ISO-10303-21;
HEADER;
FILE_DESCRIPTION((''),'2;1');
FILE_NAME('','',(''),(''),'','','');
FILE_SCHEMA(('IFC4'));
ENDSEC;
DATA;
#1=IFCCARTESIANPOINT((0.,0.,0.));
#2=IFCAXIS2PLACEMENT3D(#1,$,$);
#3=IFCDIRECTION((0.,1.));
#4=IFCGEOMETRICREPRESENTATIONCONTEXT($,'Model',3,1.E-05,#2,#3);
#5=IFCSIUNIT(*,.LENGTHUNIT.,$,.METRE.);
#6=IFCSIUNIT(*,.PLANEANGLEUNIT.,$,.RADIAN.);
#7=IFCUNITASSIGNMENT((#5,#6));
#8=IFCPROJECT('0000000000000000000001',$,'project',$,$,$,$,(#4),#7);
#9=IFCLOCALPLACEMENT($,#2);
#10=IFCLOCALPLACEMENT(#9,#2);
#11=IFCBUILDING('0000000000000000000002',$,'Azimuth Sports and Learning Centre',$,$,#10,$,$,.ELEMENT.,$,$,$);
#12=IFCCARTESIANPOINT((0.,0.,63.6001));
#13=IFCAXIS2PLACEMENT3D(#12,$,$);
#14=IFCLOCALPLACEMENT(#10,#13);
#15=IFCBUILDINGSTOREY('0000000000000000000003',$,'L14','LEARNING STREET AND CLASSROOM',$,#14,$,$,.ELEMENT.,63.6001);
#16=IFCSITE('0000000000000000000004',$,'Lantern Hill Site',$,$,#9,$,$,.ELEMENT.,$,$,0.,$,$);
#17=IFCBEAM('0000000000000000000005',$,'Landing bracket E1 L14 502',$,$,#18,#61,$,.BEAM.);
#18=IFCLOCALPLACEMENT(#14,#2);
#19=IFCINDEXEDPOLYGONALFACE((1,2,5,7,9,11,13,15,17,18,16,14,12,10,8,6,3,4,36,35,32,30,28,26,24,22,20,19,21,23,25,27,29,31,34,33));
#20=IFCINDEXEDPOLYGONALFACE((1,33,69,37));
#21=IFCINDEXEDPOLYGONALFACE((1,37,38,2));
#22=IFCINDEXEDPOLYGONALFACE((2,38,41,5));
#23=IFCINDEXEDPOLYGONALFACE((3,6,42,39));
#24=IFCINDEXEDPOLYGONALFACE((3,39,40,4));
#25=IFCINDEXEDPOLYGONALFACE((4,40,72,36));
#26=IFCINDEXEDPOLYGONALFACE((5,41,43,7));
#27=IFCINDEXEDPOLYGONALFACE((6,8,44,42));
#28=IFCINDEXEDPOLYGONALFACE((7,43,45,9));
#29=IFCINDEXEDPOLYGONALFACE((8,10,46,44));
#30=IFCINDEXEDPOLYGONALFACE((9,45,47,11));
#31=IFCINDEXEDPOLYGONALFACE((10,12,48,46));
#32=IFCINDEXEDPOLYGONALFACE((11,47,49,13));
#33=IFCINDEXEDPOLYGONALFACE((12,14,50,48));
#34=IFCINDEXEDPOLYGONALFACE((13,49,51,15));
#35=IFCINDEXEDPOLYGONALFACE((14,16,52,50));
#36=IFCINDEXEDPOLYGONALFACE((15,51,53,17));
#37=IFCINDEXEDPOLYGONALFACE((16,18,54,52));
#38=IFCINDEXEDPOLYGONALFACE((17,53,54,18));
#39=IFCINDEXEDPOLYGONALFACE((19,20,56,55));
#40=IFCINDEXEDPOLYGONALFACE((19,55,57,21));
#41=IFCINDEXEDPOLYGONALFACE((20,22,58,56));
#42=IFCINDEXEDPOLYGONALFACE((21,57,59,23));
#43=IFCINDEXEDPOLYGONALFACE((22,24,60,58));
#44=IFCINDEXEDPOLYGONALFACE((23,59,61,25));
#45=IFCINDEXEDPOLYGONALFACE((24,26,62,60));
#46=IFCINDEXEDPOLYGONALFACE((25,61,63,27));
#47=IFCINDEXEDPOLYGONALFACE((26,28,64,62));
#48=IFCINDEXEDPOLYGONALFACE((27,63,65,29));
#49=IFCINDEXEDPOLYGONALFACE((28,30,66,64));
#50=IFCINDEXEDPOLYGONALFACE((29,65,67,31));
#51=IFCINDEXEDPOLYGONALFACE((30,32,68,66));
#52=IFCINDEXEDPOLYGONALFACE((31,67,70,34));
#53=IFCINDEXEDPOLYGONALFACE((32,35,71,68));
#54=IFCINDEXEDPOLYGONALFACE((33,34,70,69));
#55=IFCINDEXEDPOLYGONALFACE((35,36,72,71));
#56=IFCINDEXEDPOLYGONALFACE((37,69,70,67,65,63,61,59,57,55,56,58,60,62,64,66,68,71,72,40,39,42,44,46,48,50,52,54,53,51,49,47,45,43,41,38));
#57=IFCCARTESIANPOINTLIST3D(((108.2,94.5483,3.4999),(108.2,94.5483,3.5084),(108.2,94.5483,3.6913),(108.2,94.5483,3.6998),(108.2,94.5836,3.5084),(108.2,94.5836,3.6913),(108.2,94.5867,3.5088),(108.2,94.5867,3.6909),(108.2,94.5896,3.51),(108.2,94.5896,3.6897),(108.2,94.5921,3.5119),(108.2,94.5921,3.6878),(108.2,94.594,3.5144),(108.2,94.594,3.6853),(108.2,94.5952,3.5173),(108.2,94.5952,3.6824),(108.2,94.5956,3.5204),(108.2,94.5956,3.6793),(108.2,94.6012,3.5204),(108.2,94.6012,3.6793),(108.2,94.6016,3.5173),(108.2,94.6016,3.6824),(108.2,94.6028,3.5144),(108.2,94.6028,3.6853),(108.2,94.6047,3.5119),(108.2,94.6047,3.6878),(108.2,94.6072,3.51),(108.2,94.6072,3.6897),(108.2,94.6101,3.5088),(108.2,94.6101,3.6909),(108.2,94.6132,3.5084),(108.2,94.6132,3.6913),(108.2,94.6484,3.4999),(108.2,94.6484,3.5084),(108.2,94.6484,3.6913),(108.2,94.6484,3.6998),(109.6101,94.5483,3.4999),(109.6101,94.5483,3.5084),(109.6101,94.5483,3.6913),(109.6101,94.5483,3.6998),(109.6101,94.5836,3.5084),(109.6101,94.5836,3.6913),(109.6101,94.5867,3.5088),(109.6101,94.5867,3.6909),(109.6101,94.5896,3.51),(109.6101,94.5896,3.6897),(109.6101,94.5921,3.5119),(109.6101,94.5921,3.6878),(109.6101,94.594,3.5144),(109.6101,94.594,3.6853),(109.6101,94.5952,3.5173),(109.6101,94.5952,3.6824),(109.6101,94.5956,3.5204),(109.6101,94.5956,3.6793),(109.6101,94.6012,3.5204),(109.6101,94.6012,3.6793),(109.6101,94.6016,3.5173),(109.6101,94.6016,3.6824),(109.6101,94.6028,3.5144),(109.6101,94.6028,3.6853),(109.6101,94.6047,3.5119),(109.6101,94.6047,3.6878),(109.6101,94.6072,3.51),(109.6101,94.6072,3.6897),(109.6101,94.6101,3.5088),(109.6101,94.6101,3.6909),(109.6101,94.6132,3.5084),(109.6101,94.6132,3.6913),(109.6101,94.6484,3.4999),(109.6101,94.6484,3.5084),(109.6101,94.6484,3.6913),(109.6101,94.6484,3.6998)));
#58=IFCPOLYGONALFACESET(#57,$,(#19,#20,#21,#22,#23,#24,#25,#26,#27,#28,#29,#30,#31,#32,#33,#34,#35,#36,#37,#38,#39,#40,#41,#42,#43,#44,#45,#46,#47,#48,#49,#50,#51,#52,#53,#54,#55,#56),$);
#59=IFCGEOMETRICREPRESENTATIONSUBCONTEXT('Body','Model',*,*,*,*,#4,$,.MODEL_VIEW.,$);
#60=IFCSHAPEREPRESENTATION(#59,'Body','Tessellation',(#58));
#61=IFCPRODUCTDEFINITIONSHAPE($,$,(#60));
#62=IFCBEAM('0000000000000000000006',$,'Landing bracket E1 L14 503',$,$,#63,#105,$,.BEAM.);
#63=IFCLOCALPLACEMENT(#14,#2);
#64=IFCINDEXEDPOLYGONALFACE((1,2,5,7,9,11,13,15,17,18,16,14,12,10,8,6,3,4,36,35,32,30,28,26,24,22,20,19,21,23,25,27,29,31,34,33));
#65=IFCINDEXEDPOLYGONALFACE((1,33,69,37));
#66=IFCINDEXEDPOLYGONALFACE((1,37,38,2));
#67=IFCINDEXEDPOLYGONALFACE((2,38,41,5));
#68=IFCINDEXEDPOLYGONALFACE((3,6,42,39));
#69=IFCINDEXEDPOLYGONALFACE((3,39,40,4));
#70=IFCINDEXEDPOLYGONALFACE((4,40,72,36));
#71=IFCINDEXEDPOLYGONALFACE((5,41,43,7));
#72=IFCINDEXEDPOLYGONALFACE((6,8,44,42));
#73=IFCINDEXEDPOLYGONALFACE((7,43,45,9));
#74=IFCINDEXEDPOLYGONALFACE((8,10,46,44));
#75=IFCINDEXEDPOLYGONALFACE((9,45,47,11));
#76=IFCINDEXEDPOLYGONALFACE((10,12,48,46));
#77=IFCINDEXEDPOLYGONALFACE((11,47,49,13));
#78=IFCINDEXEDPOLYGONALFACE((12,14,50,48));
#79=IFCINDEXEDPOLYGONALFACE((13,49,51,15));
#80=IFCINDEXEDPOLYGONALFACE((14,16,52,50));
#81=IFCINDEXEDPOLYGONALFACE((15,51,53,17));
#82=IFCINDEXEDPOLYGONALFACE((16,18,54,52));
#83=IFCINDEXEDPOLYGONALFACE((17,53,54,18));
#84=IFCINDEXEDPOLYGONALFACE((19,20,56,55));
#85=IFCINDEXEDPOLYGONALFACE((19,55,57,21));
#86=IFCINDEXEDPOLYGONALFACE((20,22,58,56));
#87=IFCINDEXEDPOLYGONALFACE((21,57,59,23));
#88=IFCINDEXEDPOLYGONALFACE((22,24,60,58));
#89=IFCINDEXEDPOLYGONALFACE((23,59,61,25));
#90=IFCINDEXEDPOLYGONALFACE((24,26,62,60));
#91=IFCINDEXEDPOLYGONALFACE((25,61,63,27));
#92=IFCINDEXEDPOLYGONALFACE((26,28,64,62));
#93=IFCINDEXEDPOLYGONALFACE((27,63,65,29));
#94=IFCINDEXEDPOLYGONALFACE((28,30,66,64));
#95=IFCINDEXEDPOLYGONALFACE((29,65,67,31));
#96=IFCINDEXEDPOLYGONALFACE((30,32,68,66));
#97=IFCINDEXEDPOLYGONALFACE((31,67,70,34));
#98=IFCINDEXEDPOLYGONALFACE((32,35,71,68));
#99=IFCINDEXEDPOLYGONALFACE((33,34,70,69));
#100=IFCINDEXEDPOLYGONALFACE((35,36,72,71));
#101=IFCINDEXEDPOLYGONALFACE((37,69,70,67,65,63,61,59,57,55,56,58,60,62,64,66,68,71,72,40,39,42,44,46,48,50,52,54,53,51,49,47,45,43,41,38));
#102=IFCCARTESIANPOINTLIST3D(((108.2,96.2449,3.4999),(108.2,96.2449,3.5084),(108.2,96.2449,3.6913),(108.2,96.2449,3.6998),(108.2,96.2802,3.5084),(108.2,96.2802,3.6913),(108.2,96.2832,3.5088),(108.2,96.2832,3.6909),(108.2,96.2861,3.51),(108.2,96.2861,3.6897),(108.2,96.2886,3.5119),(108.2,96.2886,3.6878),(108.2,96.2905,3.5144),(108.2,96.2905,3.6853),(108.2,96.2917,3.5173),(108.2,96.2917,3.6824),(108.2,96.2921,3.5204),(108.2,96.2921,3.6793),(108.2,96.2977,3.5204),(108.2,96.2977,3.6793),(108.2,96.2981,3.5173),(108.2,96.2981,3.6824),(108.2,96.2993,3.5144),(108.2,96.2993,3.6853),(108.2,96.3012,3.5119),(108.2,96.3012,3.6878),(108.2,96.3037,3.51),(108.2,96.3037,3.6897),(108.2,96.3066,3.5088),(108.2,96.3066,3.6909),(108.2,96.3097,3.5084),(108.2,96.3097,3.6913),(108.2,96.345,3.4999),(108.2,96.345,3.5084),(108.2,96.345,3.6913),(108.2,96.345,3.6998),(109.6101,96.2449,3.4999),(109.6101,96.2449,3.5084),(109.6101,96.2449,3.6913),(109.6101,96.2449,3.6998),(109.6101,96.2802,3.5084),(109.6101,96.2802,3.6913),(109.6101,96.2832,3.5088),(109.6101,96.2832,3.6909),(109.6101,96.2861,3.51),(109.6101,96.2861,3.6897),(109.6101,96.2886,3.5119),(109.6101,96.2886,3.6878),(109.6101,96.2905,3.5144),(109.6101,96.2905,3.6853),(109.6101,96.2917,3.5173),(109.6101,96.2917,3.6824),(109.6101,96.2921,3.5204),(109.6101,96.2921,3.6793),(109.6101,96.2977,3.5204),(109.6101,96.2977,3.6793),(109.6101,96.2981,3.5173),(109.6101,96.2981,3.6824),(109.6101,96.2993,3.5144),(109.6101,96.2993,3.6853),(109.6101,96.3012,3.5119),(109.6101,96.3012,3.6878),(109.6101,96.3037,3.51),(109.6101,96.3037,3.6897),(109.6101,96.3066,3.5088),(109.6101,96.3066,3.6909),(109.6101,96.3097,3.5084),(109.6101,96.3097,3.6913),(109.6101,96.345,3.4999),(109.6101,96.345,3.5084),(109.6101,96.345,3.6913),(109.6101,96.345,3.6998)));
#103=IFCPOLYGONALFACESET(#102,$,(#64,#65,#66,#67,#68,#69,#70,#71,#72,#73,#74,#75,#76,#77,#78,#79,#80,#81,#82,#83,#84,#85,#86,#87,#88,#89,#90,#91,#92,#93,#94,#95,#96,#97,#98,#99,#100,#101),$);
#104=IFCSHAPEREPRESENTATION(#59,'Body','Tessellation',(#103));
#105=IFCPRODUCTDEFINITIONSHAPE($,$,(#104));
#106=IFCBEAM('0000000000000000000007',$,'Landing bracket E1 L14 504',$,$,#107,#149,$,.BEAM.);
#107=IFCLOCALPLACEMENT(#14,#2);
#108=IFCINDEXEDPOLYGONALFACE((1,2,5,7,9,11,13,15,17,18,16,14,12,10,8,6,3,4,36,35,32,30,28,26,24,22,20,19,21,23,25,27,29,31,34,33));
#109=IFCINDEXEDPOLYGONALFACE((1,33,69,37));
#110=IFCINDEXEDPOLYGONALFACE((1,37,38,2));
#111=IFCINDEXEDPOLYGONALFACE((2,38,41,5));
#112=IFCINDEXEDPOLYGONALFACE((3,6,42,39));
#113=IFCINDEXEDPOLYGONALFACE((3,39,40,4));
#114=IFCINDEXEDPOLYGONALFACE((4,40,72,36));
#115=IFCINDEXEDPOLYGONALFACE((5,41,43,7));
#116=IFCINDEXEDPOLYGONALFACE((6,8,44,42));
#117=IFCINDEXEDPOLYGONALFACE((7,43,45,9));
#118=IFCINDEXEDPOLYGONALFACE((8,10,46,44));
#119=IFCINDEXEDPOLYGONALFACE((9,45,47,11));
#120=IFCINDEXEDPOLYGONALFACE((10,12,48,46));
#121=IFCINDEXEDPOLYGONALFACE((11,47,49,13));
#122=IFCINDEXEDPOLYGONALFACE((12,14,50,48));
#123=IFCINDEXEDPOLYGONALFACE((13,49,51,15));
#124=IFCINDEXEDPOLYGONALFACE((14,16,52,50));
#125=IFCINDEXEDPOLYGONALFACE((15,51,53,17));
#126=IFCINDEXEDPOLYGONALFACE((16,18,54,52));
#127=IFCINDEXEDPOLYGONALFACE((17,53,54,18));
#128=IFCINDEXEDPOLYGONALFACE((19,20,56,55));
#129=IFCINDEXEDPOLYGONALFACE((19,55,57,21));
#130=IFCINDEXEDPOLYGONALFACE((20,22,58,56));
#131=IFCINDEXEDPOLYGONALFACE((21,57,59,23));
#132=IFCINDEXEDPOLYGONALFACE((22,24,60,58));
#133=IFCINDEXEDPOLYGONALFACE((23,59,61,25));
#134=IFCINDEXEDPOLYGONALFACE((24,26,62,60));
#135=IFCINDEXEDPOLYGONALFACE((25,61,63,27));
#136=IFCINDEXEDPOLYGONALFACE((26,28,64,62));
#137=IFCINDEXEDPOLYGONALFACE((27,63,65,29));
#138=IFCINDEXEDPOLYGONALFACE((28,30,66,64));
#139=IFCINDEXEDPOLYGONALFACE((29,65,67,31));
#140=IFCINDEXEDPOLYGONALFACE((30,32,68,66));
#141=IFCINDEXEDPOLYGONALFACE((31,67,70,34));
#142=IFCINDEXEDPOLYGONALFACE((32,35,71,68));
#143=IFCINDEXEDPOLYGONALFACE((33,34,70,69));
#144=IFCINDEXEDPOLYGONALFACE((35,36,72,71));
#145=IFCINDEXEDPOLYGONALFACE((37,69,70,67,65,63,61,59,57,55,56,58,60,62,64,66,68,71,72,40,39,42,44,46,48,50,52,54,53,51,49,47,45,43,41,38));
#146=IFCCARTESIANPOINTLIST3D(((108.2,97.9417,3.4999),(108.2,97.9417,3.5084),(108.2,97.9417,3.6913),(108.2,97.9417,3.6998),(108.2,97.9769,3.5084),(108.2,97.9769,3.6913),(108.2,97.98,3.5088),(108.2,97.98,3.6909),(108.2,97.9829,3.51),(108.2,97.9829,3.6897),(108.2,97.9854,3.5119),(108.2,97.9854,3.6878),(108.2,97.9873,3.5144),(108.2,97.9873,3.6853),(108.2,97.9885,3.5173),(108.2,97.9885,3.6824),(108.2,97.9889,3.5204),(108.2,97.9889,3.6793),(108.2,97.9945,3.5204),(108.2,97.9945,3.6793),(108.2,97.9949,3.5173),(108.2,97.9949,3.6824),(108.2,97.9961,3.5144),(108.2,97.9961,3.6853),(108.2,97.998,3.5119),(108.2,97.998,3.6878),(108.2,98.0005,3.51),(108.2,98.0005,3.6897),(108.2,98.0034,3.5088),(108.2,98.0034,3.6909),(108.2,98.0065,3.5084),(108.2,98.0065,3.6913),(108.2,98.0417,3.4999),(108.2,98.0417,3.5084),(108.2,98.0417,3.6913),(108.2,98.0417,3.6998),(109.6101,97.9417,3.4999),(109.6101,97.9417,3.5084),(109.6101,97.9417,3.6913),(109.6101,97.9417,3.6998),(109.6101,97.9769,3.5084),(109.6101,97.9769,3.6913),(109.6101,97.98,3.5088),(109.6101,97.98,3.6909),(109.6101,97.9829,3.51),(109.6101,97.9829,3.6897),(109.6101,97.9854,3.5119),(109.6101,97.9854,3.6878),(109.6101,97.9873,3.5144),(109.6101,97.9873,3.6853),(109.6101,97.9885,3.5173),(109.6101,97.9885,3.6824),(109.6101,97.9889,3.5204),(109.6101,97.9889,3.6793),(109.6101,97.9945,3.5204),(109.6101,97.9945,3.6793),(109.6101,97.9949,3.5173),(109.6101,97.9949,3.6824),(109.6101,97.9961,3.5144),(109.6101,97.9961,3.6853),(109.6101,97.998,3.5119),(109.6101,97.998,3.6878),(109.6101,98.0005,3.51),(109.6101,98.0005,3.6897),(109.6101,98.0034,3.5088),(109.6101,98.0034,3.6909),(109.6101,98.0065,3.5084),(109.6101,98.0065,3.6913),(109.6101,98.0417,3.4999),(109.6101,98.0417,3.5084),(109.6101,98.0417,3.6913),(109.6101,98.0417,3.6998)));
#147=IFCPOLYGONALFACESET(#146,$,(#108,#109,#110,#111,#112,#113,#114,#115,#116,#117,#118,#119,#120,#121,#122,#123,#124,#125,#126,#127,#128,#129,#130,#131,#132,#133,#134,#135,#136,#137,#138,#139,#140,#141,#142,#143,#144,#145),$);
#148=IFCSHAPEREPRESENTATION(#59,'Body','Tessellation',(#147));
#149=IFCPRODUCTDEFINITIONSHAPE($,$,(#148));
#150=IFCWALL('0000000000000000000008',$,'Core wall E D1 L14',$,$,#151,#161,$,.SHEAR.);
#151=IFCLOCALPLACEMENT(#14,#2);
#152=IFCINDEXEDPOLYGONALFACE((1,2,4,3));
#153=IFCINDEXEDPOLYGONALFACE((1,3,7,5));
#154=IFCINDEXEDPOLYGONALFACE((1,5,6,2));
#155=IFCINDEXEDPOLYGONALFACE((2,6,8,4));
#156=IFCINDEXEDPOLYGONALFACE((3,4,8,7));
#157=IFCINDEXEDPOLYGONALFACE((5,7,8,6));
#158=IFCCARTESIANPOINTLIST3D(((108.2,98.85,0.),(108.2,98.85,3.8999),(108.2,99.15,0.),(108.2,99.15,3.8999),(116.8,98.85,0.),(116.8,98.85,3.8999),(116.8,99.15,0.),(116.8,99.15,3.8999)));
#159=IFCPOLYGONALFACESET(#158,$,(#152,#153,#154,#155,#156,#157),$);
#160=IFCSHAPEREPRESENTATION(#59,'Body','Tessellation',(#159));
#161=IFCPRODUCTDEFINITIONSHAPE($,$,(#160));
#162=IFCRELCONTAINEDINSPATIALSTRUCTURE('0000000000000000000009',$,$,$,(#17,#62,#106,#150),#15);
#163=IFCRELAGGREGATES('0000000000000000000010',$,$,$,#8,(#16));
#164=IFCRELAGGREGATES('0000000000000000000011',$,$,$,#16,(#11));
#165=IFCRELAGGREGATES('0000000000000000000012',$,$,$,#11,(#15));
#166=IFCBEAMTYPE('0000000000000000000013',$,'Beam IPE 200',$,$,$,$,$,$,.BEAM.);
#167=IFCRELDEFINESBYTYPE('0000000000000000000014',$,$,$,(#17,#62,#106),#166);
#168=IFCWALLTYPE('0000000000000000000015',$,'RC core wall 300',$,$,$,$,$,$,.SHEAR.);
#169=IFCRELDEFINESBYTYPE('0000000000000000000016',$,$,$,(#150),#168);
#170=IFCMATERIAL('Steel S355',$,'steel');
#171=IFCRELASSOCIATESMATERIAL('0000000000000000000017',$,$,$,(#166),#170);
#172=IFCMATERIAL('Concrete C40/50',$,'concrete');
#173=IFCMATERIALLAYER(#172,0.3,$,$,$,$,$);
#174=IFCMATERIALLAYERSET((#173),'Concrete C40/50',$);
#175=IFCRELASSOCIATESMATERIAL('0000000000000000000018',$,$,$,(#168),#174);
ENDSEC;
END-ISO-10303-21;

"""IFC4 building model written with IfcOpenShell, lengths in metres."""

from ifc_helpers import new_model, si_unit, direction, frame, frame_2d, origin, origin_2d, place, context, subcontext, project, spatial, rectangle, i_section, extrude, material, layer, layer_set, material_profile, profile_set, type_object, element, save


model = new_model("IFC4")

# Units and contexts
model_context = context("Model", 3, precision=1e-05, world=origin(), true_north=direction((0.0, 1.0)))
body_context = subcontext(model_context, "Body", "Model", "MODEL_VIEW")
ifc_project = project(units=[si_unit("LENGTHUNIT", "METRE"), si_unit("PLANEANGLEUNIT", "RADIAN")], contexts=[model_context])

# Site, building, storey
site_placement = place(None, origin())
site = spatial("IfcSite", under=ifc_project, at=site_placement, Name="Lantern Hill Site", CompositionType="ELEMENT", RefElevation=0.0)
building_placement = place(site_placement, origin())
building = spatial("IfcBuilding", under=site, at=building_placement, Name="Azimuth Sports and Learning Centre", CompositionType="ELEMENT")
storey_placement = place(building_placement, frame((0.0, 0.0, 63.6001)))
storey = spatial("IfcBuildingStorey", under=building, at=storey_placement, Name="L14", Description="LEARNING STREET AND CLASSROOM", CompositionType="ELEMENT", Elevation=63.6001)

# Beams
ifc_material_1 = material(Name="Steel S355", Category="steel")
ifc_material_profile = material_profile(ifc_material_1, i_section(OverallWidth=0.1001, OverallDepth=0.2, WebThickness=0.0056, FlangeThickness=0.0085, FilletRadius=0.012, at=origin_2d()), Name="IPE 200")
ifc_profile_set = profile_set([ifc_material_profile], Name="Steel S355")
beam_type = type_object("IfcBeamType", Name="Beam IPE 200", PredefinedType="BEAM", material=ifc_profile_set)
for number, where, z_axis, x_axis, name in (
    (1, (108.2, 94.5984, 3.5999), (1.0, 0.0, 0.0), (0.0, 1.0, 0.0), "Landing bracket E1 L14 502"),
    (2, (108.2, 96.2949, 3.5999), (1.0, 0.0, 0.0), (0.0, 1.0, 0.0), "Landing bracket E1 L14 503"),
    (3, (108.2, 97.9917, 3.5999), (1.0, 0.0, 0.0), (0.0, 1.0, 0.0), "Landing bracket E1 L14 504"),
):
    element("IfcBeam", number, at=place(storey_placement, frame(where, z_axis=z_axis, x_axis=x_axis)), inside=storey, type_object=beam_type, Name=name, PredefinedType="BEAM", context=body_context, shape_type="SweptSolid", body=[
        extrude(i_section(OverallWidth=0.1001, OverallDepth=0.2, WebThickness=0.0056, FlangeThickness=0.0085, FilletRadius=0.012, at=origin_2d()), origin(), (0.0, 0.0, 1.0), 1.4102),
    ])

# Wall
ifc_material_2 = material(Name="Concrete C40/50", Category="concrete")
ifc_layer_1 = layer(ifc_material_2, 0.3)
ifc_layer_set_1 = layer_set([ifc_layer_1], Name="Concrete C40/50")
wall_type = type_object("IfcWallType", Name="RC core wall 300", PredefinedType="SHEAR", material=ifc_layer_set_1)
wall_1_placement = place(storey_placement, frame((108.2, 99.0, 0.0), z_axis=(0.0, 0.0, 1.0), x_axis=(1.0, 0.0, 0.0)))
element("IfcWall", 4, at=wall_1_placement, inside=storey, type_object=wall_type, Name="Core wall E D1 L14", PredefinedType="SHEAR", context=body_context, shape_type="SweptSolid", body=[
    extrude(rectangle(XDim=8.6001, YDim=0.3, at=frame_2d((4.3, 0.0))), origin(), (0.0, 0.0, 1.0), 3.8999),
])

save(model, "model.ifc")
